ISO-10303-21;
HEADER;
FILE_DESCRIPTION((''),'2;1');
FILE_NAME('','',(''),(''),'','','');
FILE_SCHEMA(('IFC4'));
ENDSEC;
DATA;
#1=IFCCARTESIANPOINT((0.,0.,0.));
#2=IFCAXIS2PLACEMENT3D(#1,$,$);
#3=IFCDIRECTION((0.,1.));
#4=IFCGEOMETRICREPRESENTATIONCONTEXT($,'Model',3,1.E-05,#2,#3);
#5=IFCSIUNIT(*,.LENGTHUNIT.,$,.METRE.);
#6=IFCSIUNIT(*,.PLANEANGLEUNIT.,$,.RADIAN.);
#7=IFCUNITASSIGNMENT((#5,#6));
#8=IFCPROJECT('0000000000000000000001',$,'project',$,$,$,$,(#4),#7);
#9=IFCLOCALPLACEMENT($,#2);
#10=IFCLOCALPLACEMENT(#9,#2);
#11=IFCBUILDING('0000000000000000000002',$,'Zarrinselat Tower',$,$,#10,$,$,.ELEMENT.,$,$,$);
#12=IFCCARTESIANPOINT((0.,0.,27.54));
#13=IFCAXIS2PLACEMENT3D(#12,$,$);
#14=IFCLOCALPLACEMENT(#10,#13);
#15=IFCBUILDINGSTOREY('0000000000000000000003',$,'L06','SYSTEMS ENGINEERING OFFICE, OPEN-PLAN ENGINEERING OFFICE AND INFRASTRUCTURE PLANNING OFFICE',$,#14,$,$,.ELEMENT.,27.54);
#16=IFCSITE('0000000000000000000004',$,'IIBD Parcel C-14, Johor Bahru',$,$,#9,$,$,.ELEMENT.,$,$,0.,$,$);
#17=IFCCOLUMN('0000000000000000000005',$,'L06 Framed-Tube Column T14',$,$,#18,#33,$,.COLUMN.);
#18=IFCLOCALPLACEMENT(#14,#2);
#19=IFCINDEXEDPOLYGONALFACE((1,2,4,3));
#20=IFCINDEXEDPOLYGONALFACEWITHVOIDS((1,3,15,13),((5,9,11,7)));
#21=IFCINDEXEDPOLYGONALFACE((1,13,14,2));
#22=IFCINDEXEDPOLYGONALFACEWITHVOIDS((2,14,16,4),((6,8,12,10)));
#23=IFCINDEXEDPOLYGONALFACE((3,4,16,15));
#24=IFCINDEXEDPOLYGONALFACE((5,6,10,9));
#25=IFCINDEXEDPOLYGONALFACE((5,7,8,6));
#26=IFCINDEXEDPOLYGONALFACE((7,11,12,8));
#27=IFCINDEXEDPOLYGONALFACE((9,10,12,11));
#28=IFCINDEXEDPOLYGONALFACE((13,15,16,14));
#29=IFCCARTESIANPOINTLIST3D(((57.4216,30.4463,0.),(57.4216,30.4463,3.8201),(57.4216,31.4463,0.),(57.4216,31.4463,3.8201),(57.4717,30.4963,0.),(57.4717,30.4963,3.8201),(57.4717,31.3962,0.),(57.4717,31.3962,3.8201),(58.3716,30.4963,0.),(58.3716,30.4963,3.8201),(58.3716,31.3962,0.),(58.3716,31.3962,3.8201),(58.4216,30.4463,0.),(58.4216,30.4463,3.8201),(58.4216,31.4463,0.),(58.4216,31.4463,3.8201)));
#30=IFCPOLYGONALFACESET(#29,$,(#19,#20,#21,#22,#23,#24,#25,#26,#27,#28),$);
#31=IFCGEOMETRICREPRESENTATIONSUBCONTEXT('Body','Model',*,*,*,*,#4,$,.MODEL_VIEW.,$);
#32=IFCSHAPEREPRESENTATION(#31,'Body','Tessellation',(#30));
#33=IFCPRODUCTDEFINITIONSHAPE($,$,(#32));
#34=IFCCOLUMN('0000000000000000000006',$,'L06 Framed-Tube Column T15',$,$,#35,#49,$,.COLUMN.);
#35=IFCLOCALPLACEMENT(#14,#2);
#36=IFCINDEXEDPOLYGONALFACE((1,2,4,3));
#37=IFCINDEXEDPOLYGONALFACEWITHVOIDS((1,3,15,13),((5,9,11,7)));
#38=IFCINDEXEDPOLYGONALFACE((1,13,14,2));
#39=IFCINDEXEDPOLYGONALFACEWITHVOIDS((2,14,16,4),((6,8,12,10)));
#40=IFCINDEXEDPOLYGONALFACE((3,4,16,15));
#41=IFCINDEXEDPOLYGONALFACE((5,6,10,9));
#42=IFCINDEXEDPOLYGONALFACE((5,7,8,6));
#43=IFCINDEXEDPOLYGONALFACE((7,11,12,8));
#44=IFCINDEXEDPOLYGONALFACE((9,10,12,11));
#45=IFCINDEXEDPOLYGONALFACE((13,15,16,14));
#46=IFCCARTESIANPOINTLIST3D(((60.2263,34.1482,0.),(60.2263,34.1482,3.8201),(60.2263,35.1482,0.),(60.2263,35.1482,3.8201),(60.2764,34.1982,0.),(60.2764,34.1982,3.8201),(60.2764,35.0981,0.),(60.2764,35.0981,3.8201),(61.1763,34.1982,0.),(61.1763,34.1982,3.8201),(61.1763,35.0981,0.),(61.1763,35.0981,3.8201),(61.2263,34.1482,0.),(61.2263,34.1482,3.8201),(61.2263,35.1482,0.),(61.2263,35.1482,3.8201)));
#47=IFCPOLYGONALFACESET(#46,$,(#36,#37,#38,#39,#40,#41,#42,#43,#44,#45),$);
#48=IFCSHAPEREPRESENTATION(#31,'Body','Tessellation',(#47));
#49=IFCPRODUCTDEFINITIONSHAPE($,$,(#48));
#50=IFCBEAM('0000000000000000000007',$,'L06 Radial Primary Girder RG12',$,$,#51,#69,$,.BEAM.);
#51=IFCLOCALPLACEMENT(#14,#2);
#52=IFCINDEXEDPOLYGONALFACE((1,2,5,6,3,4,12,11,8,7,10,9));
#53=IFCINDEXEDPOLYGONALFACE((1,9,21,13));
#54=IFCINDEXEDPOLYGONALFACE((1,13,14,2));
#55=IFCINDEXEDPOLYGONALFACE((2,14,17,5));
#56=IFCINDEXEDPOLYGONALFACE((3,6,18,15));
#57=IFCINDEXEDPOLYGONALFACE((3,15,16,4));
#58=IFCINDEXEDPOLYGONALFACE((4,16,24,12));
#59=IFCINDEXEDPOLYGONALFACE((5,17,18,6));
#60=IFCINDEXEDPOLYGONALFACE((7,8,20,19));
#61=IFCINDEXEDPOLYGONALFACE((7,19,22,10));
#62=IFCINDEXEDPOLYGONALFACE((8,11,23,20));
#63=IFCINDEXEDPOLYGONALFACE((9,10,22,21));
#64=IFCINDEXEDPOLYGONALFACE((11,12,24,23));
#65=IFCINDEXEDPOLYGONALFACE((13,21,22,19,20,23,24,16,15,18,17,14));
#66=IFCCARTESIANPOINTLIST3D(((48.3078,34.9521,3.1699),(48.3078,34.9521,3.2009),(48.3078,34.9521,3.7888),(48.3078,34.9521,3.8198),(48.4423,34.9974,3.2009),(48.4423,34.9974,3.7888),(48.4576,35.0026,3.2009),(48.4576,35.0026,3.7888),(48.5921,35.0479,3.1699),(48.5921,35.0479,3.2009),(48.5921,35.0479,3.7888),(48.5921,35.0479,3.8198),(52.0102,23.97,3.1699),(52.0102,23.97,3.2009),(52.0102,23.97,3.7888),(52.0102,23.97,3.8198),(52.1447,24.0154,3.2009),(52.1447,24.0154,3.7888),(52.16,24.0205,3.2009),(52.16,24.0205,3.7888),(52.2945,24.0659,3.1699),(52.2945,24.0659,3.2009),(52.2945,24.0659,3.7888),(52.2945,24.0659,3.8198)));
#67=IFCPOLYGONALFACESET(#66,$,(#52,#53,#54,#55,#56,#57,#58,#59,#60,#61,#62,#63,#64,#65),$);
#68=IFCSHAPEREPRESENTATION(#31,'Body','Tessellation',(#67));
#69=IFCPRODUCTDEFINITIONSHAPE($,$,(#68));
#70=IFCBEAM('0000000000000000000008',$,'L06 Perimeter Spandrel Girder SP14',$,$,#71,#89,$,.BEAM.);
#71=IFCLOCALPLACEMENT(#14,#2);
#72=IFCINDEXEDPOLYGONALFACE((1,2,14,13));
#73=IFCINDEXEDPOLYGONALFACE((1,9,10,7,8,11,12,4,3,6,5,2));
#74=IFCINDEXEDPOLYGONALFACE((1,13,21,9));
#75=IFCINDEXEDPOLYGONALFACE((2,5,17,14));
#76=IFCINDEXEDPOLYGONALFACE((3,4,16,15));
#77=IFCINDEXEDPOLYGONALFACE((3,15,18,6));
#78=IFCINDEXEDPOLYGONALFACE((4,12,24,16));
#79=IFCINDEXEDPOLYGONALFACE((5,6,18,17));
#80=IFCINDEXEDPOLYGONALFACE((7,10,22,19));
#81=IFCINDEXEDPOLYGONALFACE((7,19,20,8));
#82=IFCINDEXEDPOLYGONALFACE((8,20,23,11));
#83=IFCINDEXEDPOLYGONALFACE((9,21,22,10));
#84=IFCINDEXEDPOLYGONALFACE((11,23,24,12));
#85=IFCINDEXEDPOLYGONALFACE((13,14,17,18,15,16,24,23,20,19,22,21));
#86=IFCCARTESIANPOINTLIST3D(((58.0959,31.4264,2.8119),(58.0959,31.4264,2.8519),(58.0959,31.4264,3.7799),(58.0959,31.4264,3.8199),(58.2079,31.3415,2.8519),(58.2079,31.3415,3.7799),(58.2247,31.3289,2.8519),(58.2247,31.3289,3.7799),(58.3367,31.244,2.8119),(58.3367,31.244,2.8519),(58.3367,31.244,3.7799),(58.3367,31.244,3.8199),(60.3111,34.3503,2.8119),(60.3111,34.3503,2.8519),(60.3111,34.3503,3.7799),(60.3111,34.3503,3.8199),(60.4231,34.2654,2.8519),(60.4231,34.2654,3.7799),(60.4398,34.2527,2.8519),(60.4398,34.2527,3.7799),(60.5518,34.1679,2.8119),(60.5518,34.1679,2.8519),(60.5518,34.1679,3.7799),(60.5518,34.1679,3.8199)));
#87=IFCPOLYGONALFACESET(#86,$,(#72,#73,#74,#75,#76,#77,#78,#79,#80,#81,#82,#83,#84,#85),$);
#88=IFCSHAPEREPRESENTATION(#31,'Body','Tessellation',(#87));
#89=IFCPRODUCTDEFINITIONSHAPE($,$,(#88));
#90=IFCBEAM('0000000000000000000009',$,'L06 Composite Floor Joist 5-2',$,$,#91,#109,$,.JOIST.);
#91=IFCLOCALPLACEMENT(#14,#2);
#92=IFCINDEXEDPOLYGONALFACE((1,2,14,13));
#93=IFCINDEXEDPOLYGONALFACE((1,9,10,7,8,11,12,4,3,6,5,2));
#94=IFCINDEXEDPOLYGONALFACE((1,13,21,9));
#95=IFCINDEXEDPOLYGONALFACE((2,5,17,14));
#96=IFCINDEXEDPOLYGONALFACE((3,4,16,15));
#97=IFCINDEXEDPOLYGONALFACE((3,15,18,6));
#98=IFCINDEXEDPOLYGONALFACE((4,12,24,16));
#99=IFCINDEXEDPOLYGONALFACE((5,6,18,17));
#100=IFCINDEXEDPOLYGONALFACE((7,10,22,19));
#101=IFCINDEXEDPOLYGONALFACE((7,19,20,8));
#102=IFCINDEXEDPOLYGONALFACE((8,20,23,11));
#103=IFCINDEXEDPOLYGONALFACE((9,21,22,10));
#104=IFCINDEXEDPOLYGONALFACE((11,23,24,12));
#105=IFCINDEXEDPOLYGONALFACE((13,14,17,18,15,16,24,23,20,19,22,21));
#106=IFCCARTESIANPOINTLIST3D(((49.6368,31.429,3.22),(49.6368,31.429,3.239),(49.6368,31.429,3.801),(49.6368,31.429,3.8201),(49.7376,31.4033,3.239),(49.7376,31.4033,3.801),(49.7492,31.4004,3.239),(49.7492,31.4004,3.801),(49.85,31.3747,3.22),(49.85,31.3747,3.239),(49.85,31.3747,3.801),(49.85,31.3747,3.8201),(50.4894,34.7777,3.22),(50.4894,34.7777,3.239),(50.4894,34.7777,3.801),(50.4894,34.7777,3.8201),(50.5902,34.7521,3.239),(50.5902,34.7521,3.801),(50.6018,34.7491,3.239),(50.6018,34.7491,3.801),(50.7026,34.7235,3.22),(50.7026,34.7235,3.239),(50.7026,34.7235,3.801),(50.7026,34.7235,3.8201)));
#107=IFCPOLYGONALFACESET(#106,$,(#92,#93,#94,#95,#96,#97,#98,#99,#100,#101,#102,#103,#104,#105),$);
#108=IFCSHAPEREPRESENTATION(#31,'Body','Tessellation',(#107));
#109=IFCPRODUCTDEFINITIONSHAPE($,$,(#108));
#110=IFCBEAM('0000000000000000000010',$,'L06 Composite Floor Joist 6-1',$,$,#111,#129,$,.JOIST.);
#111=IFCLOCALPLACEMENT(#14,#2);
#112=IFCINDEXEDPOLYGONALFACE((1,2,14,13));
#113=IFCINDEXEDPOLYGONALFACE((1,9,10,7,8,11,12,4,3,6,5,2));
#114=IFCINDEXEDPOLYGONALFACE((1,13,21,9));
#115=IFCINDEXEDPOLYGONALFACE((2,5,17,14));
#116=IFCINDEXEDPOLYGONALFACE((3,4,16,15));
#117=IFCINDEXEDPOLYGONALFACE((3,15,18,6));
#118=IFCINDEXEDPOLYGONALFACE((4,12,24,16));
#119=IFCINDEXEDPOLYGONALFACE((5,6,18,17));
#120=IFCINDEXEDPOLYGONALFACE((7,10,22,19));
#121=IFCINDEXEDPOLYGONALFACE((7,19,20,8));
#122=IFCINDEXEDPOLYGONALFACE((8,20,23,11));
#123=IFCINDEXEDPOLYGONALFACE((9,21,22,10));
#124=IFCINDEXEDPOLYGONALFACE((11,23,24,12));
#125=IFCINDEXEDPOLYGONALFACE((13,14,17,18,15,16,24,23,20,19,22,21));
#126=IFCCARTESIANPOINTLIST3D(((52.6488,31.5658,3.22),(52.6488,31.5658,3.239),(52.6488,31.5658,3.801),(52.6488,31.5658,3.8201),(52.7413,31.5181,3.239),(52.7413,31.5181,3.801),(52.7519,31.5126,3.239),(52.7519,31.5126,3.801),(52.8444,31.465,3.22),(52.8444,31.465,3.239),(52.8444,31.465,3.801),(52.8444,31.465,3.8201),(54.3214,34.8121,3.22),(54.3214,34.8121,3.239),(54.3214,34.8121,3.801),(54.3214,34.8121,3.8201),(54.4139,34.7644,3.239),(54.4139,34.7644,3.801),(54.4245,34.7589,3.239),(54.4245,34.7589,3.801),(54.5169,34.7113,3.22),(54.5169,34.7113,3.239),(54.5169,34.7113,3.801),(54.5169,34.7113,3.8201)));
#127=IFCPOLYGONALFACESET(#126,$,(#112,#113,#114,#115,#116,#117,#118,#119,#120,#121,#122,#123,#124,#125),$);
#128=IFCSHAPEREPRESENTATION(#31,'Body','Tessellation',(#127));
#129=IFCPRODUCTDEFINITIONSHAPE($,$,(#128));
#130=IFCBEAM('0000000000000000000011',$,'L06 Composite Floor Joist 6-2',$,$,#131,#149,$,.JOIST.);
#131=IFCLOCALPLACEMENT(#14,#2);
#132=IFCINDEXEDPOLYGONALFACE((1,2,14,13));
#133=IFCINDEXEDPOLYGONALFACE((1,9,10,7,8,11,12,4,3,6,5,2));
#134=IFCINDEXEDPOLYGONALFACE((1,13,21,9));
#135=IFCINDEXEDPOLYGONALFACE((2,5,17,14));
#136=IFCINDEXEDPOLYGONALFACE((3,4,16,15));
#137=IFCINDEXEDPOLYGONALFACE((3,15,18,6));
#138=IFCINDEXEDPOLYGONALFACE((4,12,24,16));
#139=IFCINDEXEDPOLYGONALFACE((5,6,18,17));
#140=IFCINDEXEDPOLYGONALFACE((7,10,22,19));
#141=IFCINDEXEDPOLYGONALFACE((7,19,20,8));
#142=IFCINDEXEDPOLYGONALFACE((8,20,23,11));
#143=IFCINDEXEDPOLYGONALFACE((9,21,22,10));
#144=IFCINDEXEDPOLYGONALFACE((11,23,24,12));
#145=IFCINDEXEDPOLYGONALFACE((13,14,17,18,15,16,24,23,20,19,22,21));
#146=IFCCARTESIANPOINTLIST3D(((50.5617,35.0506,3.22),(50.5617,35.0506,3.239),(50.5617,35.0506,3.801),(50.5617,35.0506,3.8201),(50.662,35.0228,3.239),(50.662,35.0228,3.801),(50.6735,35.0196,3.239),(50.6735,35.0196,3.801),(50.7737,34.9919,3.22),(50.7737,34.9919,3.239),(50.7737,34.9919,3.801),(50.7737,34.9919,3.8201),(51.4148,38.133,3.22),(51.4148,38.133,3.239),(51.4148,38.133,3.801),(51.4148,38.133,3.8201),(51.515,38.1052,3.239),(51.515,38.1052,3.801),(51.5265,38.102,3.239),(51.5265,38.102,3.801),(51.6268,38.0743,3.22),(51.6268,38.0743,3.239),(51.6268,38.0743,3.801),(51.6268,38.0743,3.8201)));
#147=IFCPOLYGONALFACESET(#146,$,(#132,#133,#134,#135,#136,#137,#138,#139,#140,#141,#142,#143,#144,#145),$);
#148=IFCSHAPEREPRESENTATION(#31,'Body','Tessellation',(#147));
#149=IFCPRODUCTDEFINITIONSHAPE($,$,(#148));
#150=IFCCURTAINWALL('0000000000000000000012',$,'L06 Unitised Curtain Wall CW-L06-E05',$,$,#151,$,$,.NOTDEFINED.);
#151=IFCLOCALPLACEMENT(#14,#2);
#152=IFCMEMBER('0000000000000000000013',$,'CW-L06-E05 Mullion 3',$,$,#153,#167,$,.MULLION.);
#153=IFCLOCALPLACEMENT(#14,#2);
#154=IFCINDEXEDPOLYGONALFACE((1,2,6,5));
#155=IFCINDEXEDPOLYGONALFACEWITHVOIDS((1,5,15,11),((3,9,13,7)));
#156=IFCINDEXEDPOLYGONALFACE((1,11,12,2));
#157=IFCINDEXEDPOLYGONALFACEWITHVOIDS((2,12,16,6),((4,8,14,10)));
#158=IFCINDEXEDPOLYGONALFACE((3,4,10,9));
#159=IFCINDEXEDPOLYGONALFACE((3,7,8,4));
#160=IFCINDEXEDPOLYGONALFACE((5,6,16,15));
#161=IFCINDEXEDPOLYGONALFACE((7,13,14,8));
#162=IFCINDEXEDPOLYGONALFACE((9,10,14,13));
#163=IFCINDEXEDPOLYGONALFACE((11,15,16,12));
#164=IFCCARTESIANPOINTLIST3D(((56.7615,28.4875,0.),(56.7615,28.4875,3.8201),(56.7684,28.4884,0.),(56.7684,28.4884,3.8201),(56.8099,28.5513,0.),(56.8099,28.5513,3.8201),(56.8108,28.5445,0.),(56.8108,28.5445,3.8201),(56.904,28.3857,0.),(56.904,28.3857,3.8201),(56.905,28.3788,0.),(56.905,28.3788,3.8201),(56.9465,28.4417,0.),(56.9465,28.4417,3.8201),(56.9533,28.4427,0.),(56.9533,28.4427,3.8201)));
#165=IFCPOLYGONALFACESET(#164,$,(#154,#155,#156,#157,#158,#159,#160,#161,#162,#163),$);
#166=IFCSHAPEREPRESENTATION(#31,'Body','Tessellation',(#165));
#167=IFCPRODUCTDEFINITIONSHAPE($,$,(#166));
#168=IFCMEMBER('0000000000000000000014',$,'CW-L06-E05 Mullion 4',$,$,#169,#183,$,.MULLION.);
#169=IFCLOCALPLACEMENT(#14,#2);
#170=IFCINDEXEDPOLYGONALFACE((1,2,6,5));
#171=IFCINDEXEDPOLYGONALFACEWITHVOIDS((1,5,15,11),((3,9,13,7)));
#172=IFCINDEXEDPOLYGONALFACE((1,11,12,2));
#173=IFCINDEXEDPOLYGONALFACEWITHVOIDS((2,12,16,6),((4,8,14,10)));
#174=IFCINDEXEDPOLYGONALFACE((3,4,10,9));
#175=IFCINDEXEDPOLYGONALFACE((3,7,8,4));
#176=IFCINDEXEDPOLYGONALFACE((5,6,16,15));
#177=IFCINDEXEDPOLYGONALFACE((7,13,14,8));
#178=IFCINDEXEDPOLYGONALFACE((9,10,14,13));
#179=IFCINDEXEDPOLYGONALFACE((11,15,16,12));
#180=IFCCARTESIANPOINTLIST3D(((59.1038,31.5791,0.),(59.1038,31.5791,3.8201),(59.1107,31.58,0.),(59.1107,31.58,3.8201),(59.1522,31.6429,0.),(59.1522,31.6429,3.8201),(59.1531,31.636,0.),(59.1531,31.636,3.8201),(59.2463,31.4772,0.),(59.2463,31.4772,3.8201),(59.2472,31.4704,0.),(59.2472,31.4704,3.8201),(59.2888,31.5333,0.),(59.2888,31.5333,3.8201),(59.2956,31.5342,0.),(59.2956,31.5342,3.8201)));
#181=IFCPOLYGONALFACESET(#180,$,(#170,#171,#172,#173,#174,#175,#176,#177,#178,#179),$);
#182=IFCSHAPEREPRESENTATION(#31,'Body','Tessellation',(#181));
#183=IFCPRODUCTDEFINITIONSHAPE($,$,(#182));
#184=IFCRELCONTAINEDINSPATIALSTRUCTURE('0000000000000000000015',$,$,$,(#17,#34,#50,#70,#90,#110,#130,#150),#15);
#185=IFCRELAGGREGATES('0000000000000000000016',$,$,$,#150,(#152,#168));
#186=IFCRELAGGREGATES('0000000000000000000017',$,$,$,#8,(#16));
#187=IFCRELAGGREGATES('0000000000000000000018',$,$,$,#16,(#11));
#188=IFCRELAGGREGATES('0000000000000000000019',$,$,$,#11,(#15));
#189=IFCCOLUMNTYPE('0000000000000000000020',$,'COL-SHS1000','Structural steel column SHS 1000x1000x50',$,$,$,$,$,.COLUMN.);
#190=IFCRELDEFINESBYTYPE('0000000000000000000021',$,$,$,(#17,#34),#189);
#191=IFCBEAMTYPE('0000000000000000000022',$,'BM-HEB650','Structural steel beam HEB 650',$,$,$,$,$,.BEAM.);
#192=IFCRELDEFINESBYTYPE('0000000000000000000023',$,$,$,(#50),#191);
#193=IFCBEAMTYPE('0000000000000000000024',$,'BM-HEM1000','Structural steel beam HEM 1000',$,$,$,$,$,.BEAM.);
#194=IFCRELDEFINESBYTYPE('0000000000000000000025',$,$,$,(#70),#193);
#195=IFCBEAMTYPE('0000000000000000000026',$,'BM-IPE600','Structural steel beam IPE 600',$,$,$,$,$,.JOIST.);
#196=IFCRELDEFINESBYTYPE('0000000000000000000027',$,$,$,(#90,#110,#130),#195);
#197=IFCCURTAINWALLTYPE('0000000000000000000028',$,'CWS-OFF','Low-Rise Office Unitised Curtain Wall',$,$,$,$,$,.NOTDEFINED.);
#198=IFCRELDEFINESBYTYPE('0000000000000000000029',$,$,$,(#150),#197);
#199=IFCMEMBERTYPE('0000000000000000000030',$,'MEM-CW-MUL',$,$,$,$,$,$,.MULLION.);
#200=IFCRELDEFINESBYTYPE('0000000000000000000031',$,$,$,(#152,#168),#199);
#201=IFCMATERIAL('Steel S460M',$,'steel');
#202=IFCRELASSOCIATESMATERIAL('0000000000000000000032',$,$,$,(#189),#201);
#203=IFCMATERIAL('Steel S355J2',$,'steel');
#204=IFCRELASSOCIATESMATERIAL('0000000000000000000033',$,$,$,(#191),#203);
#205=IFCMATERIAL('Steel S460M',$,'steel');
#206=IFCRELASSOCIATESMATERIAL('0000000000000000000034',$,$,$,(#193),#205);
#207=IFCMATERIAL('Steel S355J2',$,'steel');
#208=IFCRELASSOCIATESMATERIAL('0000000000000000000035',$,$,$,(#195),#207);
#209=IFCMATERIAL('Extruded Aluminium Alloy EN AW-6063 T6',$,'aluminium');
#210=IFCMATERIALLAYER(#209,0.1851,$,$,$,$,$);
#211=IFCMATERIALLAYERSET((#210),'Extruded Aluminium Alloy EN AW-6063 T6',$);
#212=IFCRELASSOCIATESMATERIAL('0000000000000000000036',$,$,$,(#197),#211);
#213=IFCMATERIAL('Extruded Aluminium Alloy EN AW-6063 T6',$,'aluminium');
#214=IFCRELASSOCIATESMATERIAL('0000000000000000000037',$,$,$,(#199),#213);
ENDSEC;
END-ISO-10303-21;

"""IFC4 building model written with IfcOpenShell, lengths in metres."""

from ifc_helpers import new_model, si_unit, direction, frame, origin, origin_2d, place, context, subcontext, project, spatial, hollow_rectangle, i_section, extrude, material, layer, layer_set, material_profile, profile_set, type_object, element, aggregate, save


model = new_model("IFC4")

# Units and contexts
model_context = context("Model", 3, precision=1e-05, world=origin(), true_north=direction((0.0, 1.0)))
body_context = subcontext(model_context, "Body", "Model", "MODEL_VIEW")
ifc_project = project(units=[si_unit("LENGTHUNIT", "METRE"), si_unit("PLANEANGLEUNIT", "RADIAN")], contexts=[model_context])

# Site, building, storey
site_placement = place(None, origin())
site = spatial("IfcSite", under=ifc_project, at=site_placement, Name="IIBD Parcel C-14, Johor Bahru", CompositionType="ELEMENT", RefElevation=0.0)
building_placement = place(site_placement, origin())
building = spatial("IfcBuilding", under=site, at=building_placement, Name="Zarrinselat Tower", CompositionType="ELEMENT")
storey_placement = place(building_placement, frame((0.0, 0.0, 27.54)))
storey = spatial("IfcBuildingStorey", under=building, at=storey_placement, Name="L06", Description="SYSTEMS ENGINEERING OFFICE, OPEN-PLAN ENGINEERING OFFICE AND INFRASTRUCTURE PLANNING OFFICE", CompositionType="ELEMENT", Elevation=27.54)

# Columns
ifc_material_1 = material(Name="Steel S460M", Category="steel")
ifc_material_profile_1 = material_profile(ifc_material_1, hollow_rectangle(XDim=1.0, YDim=1.0, WallThickness=0.05, at=origin_2d()), Name="SHS 1000x1000x50")
ifc_profile_set_1 = profile_set([ifc_material_profile_1], Name="Steel S460M")
column_type = type_object("IfcColumnType", Name="COL-SHS1000", Description="Structural steel column SHS 1000x1000x50", PredefinedType="COLUMN", material=ifc_profile_set_1)
for number, where, z_axis, x_axis, name in (
    (1, (57.9216, 30.9463, 0.0), (0.0, 0.0, 1.0), (1.0, 0.0, 0.0), "L06 Framed-Tube Column T14"),
    (2, (60.7263, 34.6482, 0.0), (0.0, 0.0, 1.0), (1.0, 0.0, 0.0), "L06 Framed-Tube Column T15"),
):
    element("IfcColumn", number, at=place(storey_placement, frame(where, z_axis=z_axis, x_axis=x_axis)), inside=storey, type_object=column_type, Name=name, PredefinedType="COLUMN", context=body_context, shape_type="SweptSolid", body=[
        extrude(hollow_rectangle(XDim=1.0, YDim=1.0, WallThickness=0.05, at=origin_2d()), origin(), (0.0, 0.0, 1.0), 3.8201),
    ])

# Beams
ifc_material_2 = material(Name="Steel S355J2", Category="steel")
ifc_material_profile_2 = material_profile(ifc_material_2, i_section(OverallWidth=0.3, OverallDepth=0.6499, WebThickness=0.0161, FlangeThickness=0.031, at=origin_2d()), Name="HEB 650")
ifc_profile_set_2 = profile_set([ifc_material_profile_2], Name="Steel S355J2")
beam_type_1 = type_object("IfcBeamType", Name="BM-HEB650", Description="Structural steel beam HEB 650", PredefinedType="BEAM", material=ifc_profile_set_2)
beam_1_placement = place(storey_placement, frame((48.45, 35.0, 3.4949), z_axis=(0.319468, -0.947597, 0.0), x_axis=(0.947597, 0.319468, 0.0)))
element("IfcBeam", 3, at=beam_1_placement, inside=storey, type_object=beam_type_1, Name="L06 Radial Primary Girder RG12", PredefinedType="BEAM", context=body_context, shape_type="SweptSolid", body=[
    extrude(i_section(OverallWidth=0.3, OverallDepth=0.6499, WebThickness=0.0161, FlangeThickness=0.031, at=origin_2d()), origin(), (0.0, 0.0, 1.0), 11.5894),
])
ifc_material_3 = material(Name="Steel S460M", Category="steel")
ifc_material_profile_3 = material_profile(ifc_material_3, i_section(OverallWidth=0.302, OverallDepth=1.0081, WebThickness=0.021, FlangeThickness=0.04, at=origin_2d()), Name="HEM 1000")
ifc_profile_set_3 = profile_set([ifc_material_profile_3], Name="Steel S460M")
beam_type_2 = type_object("IfcBeamType", Name="BM-HEM1000", Description="Structural steel beam HEM 1000", PredefinedType="BEAM", material=ifc_profile_set_3)
beam_2_placement = place(storey_placement, frame((58.2163, 31.3352, 3.3159), z_axis=(0.603869, 0.797083, 0.0), x_axis=(-0.797083, 0.603869, 0.0)))
element("IfcBeam", 4, at=beam_2_placement, inside=storey, type_object=beam_type_2, Name="L06 Perimeter Spandrel Girder SP14", PredefinedType="BEAM", context=body_context, shape_type="SweptSolid", body=[
    extrude(i_section(OverallWidth=0.302, OverallDepth=1.0081, WebThickness=0.021, FlangeThickness=0.04, at=origin_2d()), origin(), (0.0, 0.0, 1.0), 3.6682),
])
ifc_material_4 = material(Name="Steel S355J2", Category="steel")
ifc_material_profile_4 = material_profile(ifc_material_4, i_section(OverallWidth=0.22, OverallDepth=0.6001, WebThickness=0.012, FlangeThickness=0.019, at=origin_2d()), Name="IPE 600")
ifc_profile_set_4 = profile_set([ifc_material_profile_4], Name="Steel S355J2")
beam_type_3 = type_object("IfcBeamType", Name="BM-IPE600", Description="Structural steel beam IPE 600", PredefinedType="JOIST", material=ifc_profile_set_4)
beam_3_placement = place(storey_placement, frame((49.7434, 31.4019, 3.52), z_axis=(0.246723, 0.969086, 0.0), x_axis=(-0.969086, 0.246723, 0.0)))
element("IfcBeam", 5, at=beam_3_placement, inside=storey, type_object=beam_type_3, Name="L06 Composite Floor Joist 5-2", PredefinedType="JOIST", context=body_context, shape_type="SweptSolid", body=[
    extrude(i_section(OverallWidth=0.22, OverallDepth=0.6001, WebThickness=0.012, FlangeThickness=0.019, at=origin_2d()), origin(), (0.0, 0.0, 1.0), 3.4556),
])
beam_4_placement = place(storey_placement, frame((52.7466, 31.5154, 3.52), z_axis=(0.458011, 0.888947, 0.0), x_axis=(-0.888947, 0.458011, 0.0)))
element("IfcBeam", 6, at=beam_4_placement, inside=storey, type_object=beam_type_3, Name="L06 Composite Floor Joist 6-1", PredefinedType="JOIST", context=body_context, shape_type="SweptSolid", body=[
    extrude(i_section(OverallWidth=0.22, OverallDepth=0.6001, WebThickness=0.012, FlangeThickness=0.019, at=origin_2d()), origin(), (0.0, 0.0, 1.0), 3.6519),
])
beam_5_placement = place(storey_placement, frame((50.6677, 35.0212, 3.52), z_axis=(0.266726, 0.963772, 0.0), x_axis=(-0.963772, 0.266726, 0.0)))
element("IfcBeam", 7, at=beam_5_placement, inside=storey, type_object=beam_type_3, Name="L06 Composite Floor Joist 6-2", PredefinedType="JOIST", context=body_context, shape_type="SweptSolid", body=[
    extrude(i_section(OverallWidth=0.22, OverallDepth=0.6001, WebThickness=0.012, FlangeThickness=0.019, at=origin_2d()), origin(), (0.0, 0.0, 1.0), 3.1982),
])

# Curtain wall, members
ifc_material_5 = material(Name="Extruded Aluminium Alloy EN AW-6063 T6", Category="aluminium")
ifc_layer_1 = layer(ifc_material_5, 0.1851)
ifc_layer_set_1 = layer_set([ifc_layer_1], Name="Extruded Aluminium Alloy EN AW-6063 T6")
curtain_wall_type = type_object("IfcCurtainWallType", Name="CWS-OFF", Description="Low-Rise Office Unitised Curtain Wall", PredefinedType="NOTDEFINED", material=ifc_layer_set_1)
curtain_wall_1_placement = place(storey_placement, origin())
curtain_wall_1 = element("IfcCurtainWall", 8, at=curtain_wall_1_placement, inside=storey, type_object=curtain_wall_type, Name="L06 Unitised Curtain Wall CW-L06-E05", PredefinedType="NOTDEFINED")
ifc_material_6 = material(Name="Extruded Aluminium Alloy EN AW-6063 T6", Category="aluminium")
ifc_material_profile_5 = material_profile(ifc_material_6, hollow_rectangle(XDim=0.0801, YDim=0.1799, WallThickness=0.0049, at=origin_2d()), Name="RHS 180x80x5")
ifc_profile_set_5 = profile_set([ifc_material_profile_5], Name="Extruded Aluminium Alloy EN AW-6063 T6")
member_type_1 = type_object("IfcMemberType", Name="MEM-CW-MUL", PredefinedType="MULLION", material=ifc_profile_set_5)
member_1_placement = place(storey_placement, frame((56.8574, 28.4651, 0.0), z_axis=(0.0, 0.0, 1.0), x_axis=(0.603858, 0.797092, 0.0)))
member_1 = element("IfcMember", 9, at=member_1_placement, type_object=member_type_1, Name="CW-L06-E05 Mullion 3", PredefinedType="MULLION", context=body_context, shape_type="SweptSolid", body=[
    extrude(hollow_rectangle(XDim=0.0801, YDim=0.1799, WallThickness=0.0049, at=origin_2d()), origin(), (0.0, 0.0, 1.0), 3.8201),
])
member_2_placement = place(storey_placement, frame((59.1997, 31.5566, 0.0), z_axis=(0.0, 0.0, 1.0), x_axis=(0.603858, 0.797092, 0.0)))
member_2 = element("IfcMember", 10, at=member_2_placement, type_object=member_type_1, Name="CW-L06-E05 Mullion 4", PredefinedType="MULLION", context=body_context, shape_type="SweptSolid", body=[
    extrude(hollow_rectangle(XDim=0.0801, YDim=0.1799, WallThickness=0.0049, at=origin_2d()), origin(), (0.0, 0.0, 1.0), 3.8201),
])

aggregate(curtain_wall_1, [member_1, member_2])

save(model, "model.ifc")
